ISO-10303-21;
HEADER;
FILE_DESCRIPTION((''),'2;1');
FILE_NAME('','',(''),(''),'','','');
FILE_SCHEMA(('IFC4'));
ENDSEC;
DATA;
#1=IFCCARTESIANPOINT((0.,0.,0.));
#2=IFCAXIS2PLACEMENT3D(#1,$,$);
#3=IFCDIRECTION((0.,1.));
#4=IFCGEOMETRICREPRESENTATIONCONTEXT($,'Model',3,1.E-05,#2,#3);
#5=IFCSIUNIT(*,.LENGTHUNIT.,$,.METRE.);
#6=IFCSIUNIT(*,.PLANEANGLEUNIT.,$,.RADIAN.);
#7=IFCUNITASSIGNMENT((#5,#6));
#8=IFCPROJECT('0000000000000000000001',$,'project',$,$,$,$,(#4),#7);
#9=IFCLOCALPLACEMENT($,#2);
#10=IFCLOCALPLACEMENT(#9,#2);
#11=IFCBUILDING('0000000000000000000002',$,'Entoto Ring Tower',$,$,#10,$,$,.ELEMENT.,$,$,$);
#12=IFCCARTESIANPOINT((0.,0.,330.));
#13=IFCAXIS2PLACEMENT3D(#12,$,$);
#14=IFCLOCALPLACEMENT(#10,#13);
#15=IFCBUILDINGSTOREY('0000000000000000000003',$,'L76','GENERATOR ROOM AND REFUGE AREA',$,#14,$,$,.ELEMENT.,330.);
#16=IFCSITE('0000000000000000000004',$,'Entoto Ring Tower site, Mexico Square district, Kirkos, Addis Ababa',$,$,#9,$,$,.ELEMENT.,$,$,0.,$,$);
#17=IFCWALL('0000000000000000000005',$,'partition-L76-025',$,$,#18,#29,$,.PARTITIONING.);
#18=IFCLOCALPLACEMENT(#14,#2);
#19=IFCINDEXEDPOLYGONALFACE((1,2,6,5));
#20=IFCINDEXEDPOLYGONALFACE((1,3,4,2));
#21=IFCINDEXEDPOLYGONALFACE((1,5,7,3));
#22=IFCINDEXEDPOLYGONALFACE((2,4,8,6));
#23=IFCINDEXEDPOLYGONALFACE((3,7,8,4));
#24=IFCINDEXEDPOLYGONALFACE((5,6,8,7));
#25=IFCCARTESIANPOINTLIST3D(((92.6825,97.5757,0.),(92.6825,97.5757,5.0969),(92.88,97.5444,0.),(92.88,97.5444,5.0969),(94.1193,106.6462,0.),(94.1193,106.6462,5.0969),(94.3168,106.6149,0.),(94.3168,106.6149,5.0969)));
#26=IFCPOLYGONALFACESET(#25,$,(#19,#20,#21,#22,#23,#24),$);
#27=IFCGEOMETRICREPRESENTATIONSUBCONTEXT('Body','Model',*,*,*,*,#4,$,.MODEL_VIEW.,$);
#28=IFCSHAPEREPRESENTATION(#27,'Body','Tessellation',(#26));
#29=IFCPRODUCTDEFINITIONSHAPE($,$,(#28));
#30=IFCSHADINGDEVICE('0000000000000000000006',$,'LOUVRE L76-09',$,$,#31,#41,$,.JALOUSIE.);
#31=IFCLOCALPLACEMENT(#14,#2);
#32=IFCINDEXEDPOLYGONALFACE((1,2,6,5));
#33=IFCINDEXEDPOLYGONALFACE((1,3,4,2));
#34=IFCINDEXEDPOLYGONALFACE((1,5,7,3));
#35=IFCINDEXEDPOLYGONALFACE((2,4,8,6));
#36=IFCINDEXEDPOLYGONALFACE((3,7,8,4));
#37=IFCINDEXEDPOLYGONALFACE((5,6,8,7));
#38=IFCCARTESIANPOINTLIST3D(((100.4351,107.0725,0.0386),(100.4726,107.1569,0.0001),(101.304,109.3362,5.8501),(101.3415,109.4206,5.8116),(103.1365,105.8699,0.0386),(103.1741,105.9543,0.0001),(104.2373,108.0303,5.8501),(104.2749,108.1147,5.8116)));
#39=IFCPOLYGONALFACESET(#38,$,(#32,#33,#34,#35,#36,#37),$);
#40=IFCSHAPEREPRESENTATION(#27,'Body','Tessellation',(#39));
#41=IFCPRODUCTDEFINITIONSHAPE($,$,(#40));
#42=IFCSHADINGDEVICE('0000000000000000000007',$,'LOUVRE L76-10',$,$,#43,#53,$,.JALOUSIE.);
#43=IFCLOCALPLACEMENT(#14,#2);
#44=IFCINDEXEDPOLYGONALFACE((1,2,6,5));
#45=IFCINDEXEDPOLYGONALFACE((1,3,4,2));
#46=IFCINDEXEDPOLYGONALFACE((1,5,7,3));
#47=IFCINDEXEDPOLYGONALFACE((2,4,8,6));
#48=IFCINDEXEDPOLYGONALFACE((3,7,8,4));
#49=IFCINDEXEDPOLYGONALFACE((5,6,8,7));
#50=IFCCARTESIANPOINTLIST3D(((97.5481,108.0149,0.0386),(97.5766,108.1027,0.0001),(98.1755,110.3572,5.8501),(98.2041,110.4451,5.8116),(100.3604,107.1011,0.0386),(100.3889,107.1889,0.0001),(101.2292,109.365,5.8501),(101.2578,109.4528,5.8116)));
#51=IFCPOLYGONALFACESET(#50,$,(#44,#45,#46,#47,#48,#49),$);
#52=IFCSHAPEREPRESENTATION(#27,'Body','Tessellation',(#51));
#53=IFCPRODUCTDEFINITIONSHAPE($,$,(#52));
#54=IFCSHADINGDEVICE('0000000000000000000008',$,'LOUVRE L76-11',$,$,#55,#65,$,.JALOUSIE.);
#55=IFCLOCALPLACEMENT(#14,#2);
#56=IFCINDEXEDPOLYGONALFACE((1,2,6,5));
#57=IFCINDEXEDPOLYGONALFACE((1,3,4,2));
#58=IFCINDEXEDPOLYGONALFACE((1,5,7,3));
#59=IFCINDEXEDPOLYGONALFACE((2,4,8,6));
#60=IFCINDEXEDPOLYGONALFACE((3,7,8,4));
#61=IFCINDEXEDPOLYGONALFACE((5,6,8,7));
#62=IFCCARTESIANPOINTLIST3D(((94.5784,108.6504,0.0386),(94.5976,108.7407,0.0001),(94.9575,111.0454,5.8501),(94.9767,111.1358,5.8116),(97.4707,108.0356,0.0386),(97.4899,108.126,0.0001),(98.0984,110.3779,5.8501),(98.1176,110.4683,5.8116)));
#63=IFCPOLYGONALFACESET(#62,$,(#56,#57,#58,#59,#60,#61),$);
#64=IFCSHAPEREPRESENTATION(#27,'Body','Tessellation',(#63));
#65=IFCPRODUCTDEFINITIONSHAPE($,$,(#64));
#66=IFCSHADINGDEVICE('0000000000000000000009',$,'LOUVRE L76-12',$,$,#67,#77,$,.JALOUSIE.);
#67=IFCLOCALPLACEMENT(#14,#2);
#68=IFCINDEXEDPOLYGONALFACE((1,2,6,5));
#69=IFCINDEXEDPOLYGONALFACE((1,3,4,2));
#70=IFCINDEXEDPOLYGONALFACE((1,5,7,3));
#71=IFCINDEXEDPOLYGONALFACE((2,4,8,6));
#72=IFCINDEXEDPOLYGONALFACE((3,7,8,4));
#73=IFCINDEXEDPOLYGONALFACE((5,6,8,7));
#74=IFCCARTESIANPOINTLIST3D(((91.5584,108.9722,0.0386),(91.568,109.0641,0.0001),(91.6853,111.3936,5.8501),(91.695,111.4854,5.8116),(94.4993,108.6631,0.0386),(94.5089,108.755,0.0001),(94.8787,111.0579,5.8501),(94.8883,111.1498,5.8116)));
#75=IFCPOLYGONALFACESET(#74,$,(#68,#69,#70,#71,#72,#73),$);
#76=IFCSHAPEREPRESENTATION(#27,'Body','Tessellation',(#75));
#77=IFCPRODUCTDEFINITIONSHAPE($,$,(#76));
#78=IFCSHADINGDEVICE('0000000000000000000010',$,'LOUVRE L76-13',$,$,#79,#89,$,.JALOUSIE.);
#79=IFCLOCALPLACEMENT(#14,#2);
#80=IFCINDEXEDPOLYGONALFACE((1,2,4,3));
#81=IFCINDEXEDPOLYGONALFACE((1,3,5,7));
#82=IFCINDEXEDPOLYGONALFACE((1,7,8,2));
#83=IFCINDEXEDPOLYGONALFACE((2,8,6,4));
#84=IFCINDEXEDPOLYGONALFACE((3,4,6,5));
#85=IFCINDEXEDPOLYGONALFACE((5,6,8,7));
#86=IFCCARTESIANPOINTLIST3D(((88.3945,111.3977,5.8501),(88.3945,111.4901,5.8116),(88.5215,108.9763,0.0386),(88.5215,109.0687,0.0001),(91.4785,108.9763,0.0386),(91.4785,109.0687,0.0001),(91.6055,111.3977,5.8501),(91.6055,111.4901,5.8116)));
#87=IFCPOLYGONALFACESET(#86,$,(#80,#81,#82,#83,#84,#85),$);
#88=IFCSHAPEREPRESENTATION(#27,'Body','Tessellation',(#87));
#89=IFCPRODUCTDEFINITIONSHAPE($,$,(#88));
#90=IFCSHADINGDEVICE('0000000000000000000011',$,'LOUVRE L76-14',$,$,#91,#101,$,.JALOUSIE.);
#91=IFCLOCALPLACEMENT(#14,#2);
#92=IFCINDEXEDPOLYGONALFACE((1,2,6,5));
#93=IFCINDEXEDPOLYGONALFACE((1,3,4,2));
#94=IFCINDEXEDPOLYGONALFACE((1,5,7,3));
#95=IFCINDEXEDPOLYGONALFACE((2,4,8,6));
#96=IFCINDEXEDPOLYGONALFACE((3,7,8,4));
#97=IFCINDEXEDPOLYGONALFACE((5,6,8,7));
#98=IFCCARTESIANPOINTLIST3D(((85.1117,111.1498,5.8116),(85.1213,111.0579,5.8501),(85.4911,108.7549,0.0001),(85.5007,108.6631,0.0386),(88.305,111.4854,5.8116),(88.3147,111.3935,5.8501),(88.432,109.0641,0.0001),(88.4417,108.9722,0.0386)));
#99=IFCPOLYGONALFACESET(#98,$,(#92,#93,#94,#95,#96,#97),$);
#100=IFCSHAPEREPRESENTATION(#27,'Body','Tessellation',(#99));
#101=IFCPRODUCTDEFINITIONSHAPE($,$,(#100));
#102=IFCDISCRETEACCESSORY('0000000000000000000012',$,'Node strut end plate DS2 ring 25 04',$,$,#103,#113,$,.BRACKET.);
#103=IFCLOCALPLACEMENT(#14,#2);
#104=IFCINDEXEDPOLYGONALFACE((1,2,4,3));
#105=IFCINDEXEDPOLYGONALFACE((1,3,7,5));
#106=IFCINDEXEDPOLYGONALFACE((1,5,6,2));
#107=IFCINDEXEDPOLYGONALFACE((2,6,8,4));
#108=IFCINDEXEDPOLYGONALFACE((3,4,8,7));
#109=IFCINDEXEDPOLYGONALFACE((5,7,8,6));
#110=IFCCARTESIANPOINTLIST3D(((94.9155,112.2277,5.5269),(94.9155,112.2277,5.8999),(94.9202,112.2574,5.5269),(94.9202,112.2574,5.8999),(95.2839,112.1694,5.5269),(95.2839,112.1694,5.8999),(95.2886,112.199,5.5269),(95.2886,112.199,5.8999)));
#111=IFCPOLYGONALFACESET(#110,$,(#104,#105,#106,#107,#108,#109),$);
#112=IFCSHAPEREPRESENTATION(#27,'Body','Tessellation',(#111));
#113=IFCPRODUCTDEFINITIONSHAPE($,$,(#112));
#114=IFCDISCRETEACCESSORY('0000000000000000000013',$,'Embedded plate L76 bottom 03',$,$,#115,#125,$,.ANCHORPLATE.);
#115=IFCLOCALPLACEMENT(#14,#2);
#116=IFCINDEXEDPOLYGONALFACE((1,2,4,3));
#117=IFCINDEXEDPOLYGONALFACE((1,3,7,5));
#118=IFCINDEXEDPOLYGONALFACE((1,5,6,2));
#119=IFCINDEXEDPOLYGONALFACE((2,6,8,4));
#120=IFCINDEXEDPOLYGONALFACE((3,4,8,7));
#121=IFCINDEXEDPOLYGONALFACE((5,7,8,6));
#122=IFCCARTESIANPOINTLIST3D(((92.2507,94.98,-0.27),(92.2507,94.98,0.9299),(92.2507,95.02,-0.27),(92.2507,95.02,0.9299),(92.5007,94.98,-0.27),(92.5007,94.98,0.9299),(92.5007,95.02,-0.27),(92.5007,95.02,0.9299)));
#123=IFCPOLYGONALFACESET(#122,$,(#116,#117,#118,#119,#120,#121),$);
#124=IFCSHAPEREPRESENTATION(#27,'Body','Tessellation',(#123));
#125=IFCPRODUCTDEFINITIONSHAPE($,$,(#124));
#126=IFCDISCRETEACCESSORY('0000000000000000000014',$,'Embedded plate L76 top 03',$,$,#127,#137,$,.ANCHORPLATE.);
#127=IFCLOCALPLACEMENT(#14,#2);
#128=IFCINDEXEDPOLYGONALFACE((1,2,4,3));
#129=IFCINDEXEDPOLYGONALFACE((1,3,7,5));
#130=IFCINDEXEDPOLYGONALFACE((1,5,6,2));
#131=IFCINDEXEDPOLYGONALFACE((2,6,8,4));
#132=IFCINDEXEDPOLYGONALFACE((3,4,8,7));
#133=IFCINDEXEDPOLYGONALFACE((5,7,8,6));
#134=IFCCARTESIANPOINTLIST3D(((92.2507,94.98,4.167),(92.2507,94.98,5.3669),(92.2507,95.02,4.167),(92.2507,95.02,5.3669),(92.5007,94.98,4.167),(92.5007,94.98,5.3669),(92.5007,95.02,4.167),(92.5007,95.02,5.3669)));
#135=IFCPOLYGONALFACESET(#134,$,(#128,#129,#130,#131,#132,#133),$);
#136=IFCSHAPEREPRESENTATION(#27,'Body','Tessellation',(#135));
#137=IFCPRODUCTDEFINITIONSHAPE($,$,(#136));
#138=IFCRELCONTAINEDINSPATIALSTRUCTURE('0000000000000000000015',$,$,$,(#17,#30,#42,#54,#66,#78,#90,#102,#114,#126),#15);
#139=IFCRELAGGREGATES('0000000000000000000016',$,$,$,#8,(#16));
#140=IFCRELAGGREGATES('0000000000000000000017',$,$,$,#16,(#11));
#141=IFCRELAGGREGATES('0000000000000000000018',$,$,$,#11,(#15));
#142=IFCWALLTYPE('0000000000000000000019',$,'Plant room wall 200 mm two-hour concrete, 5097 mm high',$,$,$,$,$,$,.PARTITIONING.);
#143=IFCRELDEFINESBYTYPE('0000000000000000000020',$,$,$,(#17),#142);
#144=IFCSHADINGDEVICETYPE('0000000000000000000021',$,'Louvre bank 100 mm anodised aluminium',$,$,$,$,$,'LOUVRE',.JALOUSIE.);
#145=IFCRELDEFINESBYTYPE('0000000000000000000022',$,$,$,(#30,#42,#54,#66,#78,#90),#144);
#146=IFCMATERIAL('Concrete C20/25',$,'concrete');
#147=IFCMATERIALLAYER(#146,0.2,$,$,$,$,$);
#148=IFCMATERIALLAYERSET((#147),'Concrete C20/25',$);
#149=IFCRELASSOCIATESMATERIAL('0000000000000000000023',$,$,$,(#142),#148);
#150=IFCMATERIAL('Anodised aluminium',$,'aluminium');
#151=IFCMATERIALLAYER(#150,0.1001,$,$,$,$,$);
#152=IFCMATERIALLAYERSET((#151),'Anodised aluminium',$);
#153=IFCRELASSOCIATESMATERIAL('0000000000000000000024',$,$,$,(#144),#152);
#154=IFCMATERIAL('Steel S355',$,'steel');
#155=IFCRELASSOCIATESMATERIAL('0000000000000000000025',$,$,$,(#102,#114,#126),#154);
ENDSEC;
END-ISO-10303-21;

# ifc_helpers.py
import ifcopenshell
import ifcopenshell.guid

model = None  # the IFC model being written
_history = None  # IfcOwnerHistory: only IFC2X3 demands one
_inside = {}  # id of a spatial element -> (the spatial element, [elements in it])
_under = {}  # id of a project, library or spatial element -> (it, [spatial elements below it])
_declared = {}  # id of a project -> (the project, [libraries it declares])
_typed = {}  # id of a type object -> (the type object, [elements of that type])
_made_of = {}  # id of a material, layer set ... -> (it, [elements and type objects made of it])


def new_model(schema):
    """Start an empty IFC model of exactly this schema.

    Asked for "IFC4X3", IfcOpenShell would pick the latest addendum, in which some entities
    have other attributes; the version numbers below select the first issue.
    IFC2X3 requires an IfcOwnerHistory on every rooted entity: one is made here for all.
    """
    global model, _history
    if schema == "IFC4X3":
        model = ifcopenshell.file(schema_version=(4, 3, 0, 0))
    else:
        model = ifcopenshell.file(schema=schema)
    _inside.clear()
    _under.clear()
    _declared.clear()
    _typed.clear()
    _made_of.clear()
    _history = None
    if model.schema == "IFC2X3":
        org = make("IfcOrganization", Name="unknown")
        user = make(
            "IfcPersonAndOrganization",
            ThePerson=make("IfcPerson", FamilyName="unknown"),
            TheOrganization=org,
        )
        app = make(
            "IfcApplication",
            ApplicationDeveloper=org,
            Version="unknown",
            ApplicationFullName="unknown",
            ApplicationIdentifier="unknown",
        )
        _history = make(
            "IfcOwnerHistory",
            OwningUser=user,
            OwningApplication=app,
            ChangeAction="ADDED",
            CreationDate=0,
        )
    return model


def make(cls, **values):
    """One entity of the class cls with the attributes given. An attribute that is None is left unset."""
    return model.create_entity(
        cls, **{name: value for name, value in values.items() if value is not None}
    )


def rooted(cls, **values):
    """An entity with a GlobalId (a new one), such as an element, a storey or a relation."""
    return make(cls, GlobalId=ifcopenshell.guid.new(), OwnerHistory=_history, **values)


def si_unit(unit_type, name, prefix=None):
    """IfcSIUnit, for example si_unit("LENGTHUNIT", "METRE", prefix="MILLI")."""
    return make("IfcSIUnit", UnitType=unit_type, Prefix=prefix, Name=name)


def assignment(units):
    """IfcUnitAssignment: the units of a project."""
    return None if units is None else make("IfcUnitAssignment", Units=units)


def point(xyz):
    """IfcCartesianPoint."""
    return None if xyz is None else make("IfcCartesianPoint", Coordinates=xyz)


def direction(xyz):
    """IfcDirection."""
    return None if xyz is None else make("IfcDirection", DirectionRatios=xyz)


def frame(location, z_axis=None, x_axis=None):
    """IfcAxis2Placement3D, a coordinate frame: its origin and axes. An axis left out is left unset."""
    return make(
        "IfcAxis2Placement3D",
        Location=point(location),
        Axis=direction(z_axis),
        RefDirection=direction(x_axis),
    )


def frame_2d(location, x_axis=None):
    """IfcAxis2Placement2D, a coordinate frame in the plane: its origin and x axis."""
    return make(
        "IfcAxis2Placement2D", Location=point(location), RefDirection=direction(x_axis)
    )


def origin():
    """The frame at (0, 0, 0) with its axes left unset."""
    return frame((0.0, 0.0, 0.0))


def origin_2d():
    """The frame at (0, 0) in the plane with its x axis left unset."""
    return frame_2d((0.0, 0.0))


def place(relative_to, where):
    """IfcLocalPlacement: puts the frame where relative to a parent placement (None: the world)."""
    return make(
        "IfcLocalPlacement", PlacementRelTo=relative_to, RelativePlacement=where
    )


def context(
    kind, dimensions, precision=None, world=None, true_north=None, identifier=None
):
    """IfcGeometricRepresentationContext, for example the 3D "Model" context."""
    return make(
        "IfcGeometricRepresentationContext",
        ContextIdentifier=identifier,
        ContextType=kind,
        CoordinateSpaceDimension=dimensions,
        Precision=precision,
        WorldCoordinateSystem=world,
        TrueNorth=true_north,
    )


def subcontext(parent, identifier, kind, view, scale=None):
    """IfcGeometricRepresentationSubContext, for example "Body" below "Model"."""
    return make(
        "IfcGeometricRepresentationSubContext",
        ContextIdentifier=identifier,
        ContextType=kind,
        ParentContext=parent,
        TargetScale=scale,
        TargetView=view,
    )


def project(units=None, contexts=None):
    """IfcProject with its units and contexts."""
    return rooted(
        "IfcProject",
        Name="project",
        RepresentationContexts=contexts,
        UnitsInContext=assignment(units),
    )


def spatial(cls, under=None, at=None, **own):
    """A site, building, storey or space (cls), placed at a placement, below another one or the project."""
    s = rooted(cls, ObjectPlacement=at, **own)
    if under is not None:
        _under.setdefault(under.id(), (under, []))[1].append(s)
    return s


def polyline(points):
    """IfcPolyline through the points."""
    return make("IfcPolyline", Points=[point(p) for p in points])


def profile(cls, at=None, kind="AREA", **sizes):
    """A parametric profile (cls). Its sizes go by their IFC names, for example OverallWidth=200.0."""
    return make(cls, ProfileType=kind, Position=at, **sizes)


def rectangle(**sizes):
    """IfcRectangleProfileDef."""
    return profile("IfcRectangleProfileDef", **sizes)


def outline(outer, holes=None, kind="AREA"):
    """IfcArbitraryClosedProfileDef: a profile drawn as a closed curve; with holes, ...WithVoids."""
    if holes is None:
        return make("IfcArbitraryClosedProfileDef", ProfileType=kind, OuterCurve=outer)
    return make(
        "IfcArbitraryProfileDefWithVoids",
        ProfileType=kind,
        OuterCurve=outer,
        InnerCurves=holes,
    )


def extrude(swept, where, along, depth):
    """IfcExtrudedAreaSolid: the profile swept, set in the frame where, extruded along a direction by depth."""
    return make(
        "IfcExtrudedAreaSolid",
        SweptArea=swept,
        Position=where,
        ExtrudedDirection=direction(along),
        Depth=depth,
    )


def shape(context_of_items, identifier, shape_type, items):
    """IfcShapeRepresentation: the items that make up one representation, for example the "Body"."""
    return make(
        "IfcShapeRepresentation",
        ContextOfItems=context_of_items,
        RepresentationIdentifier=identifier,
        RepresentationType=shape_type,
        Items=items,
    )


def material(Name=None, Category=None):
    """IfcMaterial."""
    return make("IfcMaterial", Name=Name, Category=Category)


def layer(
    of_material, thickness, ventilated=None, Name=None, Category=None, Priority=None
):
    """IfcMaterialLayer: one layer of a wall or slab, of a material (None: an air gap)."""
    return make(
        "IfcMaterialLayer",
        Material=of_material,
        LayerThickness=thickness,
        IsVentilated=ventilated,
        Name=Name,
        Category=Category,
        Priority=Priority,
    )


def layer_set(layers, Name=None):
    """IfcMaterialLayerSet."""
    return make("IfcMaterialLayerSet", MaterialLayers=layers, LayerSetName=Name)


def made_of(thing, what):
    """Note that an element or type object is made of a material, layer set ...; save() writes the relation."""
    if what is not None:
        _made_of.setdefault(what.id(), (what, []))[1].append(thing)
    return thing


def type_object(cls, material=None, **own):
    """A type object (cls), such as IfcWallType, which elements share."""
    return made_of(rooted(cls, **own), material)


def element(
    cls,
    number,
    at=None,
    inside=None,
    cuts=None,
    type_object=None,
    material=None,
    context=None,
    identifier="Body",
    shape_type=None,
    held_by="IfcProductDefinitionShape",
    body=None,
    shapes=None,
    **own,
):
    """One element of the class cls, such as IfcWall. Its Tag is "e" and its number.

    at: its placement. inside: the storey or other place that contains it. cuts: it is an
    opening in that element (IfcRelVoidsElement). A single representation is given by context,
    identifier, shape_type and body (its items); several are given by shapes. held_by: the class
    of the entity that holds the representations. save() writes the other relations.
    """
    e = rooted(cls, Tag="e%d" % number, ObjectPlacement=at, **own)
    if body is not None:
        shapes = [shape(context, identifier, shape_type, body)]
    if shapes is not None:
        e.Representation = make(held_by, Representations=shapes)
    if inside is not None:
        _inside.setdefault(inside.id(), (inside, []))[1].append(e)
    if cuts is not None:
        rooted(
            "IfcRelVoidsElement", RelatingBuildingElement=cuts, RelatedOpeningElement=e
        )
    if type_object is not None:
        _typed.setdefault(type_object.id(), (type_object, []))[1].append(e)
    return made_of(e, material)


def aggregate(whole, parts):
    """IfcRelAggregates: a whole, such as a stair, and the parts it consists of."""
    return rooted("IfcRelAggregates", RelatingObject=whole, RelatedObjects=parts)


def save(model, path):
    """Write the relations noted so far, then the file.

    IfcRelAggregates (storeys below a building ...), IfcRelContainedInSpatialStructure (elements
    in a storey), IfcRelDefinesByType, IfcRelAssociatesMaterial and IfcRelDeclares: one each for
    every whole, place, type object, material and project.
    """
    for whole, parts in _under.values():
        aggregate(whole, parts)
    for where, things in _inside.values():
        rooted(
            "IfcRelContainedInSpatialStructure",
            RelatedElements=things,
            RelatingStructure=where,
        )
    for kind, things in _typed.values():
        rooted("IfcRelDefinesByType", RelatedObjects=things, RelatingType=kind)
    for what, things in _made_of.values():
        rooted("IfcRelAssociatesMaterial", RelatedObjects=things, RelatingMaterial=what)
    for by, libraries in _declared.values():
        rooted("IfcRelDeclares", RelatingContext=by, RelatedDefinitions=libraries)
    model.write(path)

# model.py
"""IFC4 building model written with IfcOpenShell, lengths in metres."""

from ifc_helpers import new_model, si_unit, direction, frame, frame_2d, origin, origin_2d, place, context, subcontext, project, spatial, polyline, rectangle, outline, extrude, material, layer, layer_set, type_object, element, save


model = new_model("IFC4")

# Units and contexts
model_context = context("Model", 3, precision=1e-05, world=origin(), true_north=direction((0.0, 1.0)))
body_context = subcontext(model_context, "Body", "Model", "MODEL_VIEW")
ifc_project = project(units=[si_unit("LENGTHUNIT", "METRE"), si_unit("PLANEANGLEUNIT", "RADIAN")], contexts=[model_context])

# Site, building, storey
site_placement = place(None, origin())
site = spatial("IfcSite", under=ifc_project, at=site_placement, Name="Entoto Ring Tower site, Mexico Square district, Kirkos, Addis Ababa", CompositionType="ELEMENT", RefElevation=0.0)
building_placement = place(site_placement, origin())
building = spatial("IfcBuilding", under=site, at=building_placement, Name="Entoto Ring Tower", CompositionType="ELEMENT")
storey_placement = place(building_placement, frame((0.0, 0.0, 330.0)))
storey = spatial("IfcBuildingStorey", under=building, at=storey_placement, Name="L76", Description="GENERATOR ROOM AND REFUGE AREA", CompositionType="ELEMENT", Elevation=330.0)

# Wall
ifc_material_1 = material(Name="Concrete C20/25", Category="concrete")
ifc_layer_1 = layer(ifc_material_1, 0.2)
ifc_layer_set_1 = layer_set([ifc_layer_1], Name="Concrete C20/25")
wall_type_1 = type_object("IfcWallType", Name="Plant room wall 200 mm two-hour concrete, 5097 mm high", PredefinedType="PARTITIONING", material=ifc_layer_set_1)
wall_1_placement = place(storey_placement, frame((92.7812, 97.5601, 0.0), z_axis=(0.0, 0.0, 1.0), x_axis=(0.156449, 0.987686, 0.0)))
element("IfcWall", 1, at=wall_1_placement, inside=storey, type_object=wall_type_1, Name="partition-L76-025", PredefinedType="PARTITIONING", context=body_context, shape_type="SweptSolid", body=[
    extrude(rectangle(XDim=9.1836, YDim=0.2, at=frame_2d((4.5918, 0.0))), origin(), (0.0, 0.0, 1.0), 5.0969),
])

# Shading devices
ifc_material_2 = material(Name="Anodised aluminium", Category="aluminium")
ifc_layer_2 = layer(ifc_material_2, 0.1001)
ifc_layer_set_2 = layer_set([ifc_layer_2], Name="Anodised aluminium")
shading_device_type = type_object("IfcShadingDeviceType", Name="Louvre bank 100 mm anodised aluminium", ElementType="LOUVRE", PredefinedType="JALOUSIE", material=ifc_layer_set_2)
shading_device_1_placement = place(storey_placement, frame((103.1365, 105.8699, 0.0386), z_axis=(-0.375425, -0.843289, 0.384603), x_axis=(-0.913559, 0.406707, -0.000001)))
element("IfcShadingDevice", 2, at=shading_device_1_placement, inside=storey, type_object=shading_device_type, Name="LOUVRE L76-09", PredefinedType="JALOUSIE", context=body_context, shape_type="SweptSolid", body=[
    extrude(outline(polyline([(0.0, 0.0), (2.957, 0.0), (3.0839, -6.2958), (-0.127, -6.2958), (0.0, 0.0)])), origin(), (0.0, 0.0, -1.0), 0.1001),
])
shading_device_2_placement = place(storey_placement, frame((100.3604, 107.1011, 0.0386), z_axis=(-0.28525, -0.877891, 0.38463), x_axis=(-0.951054, 0.309024, 0.000005)))
element("IfcShadingDevice", 3, at=shading_device_2_placement, inside=storey, type_object=shading_device_type, Name="LOUVRE L76-10", PredefinedType="JALOUSIE", context=body_context, shape_type="SweptSolid", body=[
    extrude(outline(polyline([(0.0, 0.0), (2.957, 0.0), (3.0841, -6.2958), (-0.1267, -6.2959), (0.0, 0.0)])), origin(), (0.0, 0.0, -1.0), 0.1001),
])
shading_device_3_placement = place(storey_placement, frame((97.4707, 108.0356, 0.0386), z_axis=(-0.191893, -0.902906, 0.384628), x_axis=(-0.978153, 0.207887, 0.000005)))
element("IfcShadingDevice", 4, at=shading_device_3_placement, inside=storey, type_object=shading_device_type, Name="LOUVRE L76-11", PredefinedType="JALOUSIE", context=body_context, shape_type="SweptSolid", body=[
    extrude(outline(polyline([(0.0, 0.0), (2.9569, 0.0), (3.084, -6.2958), (-0.127, -6.2959), (0.0, 0.0)])), origin(), (0.0, 0.0, -1.0), 0.1001),
])
shading_device_4_placement = place(storey_placement, frame((94.4993, 108.6631, 0.0386), z_axis=(-0.096494, -0.918026, 0.3846), x_axis=(-0.994521, 0.104532, -0.000005)))
element("IfcShadingDevice", 5, at=shading_device_4_placement, inside=storey, type_object=shading_device_type, Name="LOUVRE L76-12", PredefinedType="JALOUSIE", context=body_context, shape_type="SweptSolid", body=[
    extrude(outline(polyline([(0.0, 0.0), (2.9571, 0.0), (3.0839, -6.2958), (-0.127, -6.2958), (0.0, 0.0)])), origin(), (0.0, 0.0, -1.0), 0.1001),
])
shading_device_5_placement = place(storey_placement, frame((91.4785, 108.9763, 0.0386), z_axis=(0.0, -0.923082, 0.384604), x_axis=(-1.0, 0.0, 0.0)))
element("IfcShadingDevice", 6, at=shading_device_5_placement, inside=storey, type_object=shading_device_type, Name="LOUVRE L76-13", PredefinedType="JALOUSIE", context=body_context, shape_type="SweptSolid", body=[
    extrude(outline(polyline([(0.0, 0.0), (2.957, 0.0), (3.084, -6.2958), (-0.127, -6.2958), (0.0, 0.0)])), origin(), (0.0, 0.0, -1.0), 0.1001),
])
shading_device_6_placement = place(storey_placement, frame((88.4417, 108.9722, 0.0386), z_axis=(0.096494, -0.918026, 0.3846), x_axis=(-0.994521, -0.104532, 0.000005)))
element("IfcShadingDevice", 7, at=shading_device_6_placement, inside=storey, type_object=shading_device_type, Name="LOUVRE L76-14", PredefinedType="JALOUSIE", context=body_context, shape_type="SweptSolid", body=[
    extrude(outline(polyline([(0.0, 0.0), (2.9571, 0.0), (3.0841, -6.2958), (-0.1268, -6.2958), (0.0, 0.0)])), origin(), (0.0, 0.0, -1.0), 0.1001),
])

# Discrete accessories
ifc_material_3 = material(Name="Steel S355", Category="steel")
discrete_accessory_placement = place(storey_placement, frame((95.1021, 112.2134, 5.5269), z_axis=(0.0, 0.0, 1.0), x_axis=(0.156434, 0.987688, 0.0)))
element("IfcDiscreteAccessory", 8, at=discrete_accessory_placement, inside=storey, material=ifc_material_3, Name="Node strut end plate DS2 ring 25 04", PredefinedType="BRACKET", context=body_context, shape_type="SweptSolid", body=[
    extrude(rectangle(XDim=0.03, YDim=0.373, at=origin_2d()), origin(), (0.0, 0.0, 1.0), 0.373),
])
for number, where, z_axis, x_axis, name in (
    (9, (92.3757, 95.0, -0.27), (0.0, 0.0, 1.0), (0.0, 1.0, 0.0), "Embedded plate L76 bottom 03"),
    (10, (92.3757, 95.0, 4.167), (0.0, 0.0, 1.0), (0.0, 1.0, 0.0), "Embedded plate L76 top 03"),
):
    element("IfcDiscreteAccessory", number, at=place(storey_placement, frame(where, z_axis=z_axis, x_axis=x_axis)), inside=storey, material=ifc_material_3, Name=name, PredefinedType="ANCHORPLATE", context=body_context, shape_type="SweptSolid", body=[
        extrude(rectangle(XDim=0.04, YDim=0.25, at=origin_2d()), origin(), (0.0, 0.0, 1.0), 1.2),
    ])

save(model, "model.ifc")
